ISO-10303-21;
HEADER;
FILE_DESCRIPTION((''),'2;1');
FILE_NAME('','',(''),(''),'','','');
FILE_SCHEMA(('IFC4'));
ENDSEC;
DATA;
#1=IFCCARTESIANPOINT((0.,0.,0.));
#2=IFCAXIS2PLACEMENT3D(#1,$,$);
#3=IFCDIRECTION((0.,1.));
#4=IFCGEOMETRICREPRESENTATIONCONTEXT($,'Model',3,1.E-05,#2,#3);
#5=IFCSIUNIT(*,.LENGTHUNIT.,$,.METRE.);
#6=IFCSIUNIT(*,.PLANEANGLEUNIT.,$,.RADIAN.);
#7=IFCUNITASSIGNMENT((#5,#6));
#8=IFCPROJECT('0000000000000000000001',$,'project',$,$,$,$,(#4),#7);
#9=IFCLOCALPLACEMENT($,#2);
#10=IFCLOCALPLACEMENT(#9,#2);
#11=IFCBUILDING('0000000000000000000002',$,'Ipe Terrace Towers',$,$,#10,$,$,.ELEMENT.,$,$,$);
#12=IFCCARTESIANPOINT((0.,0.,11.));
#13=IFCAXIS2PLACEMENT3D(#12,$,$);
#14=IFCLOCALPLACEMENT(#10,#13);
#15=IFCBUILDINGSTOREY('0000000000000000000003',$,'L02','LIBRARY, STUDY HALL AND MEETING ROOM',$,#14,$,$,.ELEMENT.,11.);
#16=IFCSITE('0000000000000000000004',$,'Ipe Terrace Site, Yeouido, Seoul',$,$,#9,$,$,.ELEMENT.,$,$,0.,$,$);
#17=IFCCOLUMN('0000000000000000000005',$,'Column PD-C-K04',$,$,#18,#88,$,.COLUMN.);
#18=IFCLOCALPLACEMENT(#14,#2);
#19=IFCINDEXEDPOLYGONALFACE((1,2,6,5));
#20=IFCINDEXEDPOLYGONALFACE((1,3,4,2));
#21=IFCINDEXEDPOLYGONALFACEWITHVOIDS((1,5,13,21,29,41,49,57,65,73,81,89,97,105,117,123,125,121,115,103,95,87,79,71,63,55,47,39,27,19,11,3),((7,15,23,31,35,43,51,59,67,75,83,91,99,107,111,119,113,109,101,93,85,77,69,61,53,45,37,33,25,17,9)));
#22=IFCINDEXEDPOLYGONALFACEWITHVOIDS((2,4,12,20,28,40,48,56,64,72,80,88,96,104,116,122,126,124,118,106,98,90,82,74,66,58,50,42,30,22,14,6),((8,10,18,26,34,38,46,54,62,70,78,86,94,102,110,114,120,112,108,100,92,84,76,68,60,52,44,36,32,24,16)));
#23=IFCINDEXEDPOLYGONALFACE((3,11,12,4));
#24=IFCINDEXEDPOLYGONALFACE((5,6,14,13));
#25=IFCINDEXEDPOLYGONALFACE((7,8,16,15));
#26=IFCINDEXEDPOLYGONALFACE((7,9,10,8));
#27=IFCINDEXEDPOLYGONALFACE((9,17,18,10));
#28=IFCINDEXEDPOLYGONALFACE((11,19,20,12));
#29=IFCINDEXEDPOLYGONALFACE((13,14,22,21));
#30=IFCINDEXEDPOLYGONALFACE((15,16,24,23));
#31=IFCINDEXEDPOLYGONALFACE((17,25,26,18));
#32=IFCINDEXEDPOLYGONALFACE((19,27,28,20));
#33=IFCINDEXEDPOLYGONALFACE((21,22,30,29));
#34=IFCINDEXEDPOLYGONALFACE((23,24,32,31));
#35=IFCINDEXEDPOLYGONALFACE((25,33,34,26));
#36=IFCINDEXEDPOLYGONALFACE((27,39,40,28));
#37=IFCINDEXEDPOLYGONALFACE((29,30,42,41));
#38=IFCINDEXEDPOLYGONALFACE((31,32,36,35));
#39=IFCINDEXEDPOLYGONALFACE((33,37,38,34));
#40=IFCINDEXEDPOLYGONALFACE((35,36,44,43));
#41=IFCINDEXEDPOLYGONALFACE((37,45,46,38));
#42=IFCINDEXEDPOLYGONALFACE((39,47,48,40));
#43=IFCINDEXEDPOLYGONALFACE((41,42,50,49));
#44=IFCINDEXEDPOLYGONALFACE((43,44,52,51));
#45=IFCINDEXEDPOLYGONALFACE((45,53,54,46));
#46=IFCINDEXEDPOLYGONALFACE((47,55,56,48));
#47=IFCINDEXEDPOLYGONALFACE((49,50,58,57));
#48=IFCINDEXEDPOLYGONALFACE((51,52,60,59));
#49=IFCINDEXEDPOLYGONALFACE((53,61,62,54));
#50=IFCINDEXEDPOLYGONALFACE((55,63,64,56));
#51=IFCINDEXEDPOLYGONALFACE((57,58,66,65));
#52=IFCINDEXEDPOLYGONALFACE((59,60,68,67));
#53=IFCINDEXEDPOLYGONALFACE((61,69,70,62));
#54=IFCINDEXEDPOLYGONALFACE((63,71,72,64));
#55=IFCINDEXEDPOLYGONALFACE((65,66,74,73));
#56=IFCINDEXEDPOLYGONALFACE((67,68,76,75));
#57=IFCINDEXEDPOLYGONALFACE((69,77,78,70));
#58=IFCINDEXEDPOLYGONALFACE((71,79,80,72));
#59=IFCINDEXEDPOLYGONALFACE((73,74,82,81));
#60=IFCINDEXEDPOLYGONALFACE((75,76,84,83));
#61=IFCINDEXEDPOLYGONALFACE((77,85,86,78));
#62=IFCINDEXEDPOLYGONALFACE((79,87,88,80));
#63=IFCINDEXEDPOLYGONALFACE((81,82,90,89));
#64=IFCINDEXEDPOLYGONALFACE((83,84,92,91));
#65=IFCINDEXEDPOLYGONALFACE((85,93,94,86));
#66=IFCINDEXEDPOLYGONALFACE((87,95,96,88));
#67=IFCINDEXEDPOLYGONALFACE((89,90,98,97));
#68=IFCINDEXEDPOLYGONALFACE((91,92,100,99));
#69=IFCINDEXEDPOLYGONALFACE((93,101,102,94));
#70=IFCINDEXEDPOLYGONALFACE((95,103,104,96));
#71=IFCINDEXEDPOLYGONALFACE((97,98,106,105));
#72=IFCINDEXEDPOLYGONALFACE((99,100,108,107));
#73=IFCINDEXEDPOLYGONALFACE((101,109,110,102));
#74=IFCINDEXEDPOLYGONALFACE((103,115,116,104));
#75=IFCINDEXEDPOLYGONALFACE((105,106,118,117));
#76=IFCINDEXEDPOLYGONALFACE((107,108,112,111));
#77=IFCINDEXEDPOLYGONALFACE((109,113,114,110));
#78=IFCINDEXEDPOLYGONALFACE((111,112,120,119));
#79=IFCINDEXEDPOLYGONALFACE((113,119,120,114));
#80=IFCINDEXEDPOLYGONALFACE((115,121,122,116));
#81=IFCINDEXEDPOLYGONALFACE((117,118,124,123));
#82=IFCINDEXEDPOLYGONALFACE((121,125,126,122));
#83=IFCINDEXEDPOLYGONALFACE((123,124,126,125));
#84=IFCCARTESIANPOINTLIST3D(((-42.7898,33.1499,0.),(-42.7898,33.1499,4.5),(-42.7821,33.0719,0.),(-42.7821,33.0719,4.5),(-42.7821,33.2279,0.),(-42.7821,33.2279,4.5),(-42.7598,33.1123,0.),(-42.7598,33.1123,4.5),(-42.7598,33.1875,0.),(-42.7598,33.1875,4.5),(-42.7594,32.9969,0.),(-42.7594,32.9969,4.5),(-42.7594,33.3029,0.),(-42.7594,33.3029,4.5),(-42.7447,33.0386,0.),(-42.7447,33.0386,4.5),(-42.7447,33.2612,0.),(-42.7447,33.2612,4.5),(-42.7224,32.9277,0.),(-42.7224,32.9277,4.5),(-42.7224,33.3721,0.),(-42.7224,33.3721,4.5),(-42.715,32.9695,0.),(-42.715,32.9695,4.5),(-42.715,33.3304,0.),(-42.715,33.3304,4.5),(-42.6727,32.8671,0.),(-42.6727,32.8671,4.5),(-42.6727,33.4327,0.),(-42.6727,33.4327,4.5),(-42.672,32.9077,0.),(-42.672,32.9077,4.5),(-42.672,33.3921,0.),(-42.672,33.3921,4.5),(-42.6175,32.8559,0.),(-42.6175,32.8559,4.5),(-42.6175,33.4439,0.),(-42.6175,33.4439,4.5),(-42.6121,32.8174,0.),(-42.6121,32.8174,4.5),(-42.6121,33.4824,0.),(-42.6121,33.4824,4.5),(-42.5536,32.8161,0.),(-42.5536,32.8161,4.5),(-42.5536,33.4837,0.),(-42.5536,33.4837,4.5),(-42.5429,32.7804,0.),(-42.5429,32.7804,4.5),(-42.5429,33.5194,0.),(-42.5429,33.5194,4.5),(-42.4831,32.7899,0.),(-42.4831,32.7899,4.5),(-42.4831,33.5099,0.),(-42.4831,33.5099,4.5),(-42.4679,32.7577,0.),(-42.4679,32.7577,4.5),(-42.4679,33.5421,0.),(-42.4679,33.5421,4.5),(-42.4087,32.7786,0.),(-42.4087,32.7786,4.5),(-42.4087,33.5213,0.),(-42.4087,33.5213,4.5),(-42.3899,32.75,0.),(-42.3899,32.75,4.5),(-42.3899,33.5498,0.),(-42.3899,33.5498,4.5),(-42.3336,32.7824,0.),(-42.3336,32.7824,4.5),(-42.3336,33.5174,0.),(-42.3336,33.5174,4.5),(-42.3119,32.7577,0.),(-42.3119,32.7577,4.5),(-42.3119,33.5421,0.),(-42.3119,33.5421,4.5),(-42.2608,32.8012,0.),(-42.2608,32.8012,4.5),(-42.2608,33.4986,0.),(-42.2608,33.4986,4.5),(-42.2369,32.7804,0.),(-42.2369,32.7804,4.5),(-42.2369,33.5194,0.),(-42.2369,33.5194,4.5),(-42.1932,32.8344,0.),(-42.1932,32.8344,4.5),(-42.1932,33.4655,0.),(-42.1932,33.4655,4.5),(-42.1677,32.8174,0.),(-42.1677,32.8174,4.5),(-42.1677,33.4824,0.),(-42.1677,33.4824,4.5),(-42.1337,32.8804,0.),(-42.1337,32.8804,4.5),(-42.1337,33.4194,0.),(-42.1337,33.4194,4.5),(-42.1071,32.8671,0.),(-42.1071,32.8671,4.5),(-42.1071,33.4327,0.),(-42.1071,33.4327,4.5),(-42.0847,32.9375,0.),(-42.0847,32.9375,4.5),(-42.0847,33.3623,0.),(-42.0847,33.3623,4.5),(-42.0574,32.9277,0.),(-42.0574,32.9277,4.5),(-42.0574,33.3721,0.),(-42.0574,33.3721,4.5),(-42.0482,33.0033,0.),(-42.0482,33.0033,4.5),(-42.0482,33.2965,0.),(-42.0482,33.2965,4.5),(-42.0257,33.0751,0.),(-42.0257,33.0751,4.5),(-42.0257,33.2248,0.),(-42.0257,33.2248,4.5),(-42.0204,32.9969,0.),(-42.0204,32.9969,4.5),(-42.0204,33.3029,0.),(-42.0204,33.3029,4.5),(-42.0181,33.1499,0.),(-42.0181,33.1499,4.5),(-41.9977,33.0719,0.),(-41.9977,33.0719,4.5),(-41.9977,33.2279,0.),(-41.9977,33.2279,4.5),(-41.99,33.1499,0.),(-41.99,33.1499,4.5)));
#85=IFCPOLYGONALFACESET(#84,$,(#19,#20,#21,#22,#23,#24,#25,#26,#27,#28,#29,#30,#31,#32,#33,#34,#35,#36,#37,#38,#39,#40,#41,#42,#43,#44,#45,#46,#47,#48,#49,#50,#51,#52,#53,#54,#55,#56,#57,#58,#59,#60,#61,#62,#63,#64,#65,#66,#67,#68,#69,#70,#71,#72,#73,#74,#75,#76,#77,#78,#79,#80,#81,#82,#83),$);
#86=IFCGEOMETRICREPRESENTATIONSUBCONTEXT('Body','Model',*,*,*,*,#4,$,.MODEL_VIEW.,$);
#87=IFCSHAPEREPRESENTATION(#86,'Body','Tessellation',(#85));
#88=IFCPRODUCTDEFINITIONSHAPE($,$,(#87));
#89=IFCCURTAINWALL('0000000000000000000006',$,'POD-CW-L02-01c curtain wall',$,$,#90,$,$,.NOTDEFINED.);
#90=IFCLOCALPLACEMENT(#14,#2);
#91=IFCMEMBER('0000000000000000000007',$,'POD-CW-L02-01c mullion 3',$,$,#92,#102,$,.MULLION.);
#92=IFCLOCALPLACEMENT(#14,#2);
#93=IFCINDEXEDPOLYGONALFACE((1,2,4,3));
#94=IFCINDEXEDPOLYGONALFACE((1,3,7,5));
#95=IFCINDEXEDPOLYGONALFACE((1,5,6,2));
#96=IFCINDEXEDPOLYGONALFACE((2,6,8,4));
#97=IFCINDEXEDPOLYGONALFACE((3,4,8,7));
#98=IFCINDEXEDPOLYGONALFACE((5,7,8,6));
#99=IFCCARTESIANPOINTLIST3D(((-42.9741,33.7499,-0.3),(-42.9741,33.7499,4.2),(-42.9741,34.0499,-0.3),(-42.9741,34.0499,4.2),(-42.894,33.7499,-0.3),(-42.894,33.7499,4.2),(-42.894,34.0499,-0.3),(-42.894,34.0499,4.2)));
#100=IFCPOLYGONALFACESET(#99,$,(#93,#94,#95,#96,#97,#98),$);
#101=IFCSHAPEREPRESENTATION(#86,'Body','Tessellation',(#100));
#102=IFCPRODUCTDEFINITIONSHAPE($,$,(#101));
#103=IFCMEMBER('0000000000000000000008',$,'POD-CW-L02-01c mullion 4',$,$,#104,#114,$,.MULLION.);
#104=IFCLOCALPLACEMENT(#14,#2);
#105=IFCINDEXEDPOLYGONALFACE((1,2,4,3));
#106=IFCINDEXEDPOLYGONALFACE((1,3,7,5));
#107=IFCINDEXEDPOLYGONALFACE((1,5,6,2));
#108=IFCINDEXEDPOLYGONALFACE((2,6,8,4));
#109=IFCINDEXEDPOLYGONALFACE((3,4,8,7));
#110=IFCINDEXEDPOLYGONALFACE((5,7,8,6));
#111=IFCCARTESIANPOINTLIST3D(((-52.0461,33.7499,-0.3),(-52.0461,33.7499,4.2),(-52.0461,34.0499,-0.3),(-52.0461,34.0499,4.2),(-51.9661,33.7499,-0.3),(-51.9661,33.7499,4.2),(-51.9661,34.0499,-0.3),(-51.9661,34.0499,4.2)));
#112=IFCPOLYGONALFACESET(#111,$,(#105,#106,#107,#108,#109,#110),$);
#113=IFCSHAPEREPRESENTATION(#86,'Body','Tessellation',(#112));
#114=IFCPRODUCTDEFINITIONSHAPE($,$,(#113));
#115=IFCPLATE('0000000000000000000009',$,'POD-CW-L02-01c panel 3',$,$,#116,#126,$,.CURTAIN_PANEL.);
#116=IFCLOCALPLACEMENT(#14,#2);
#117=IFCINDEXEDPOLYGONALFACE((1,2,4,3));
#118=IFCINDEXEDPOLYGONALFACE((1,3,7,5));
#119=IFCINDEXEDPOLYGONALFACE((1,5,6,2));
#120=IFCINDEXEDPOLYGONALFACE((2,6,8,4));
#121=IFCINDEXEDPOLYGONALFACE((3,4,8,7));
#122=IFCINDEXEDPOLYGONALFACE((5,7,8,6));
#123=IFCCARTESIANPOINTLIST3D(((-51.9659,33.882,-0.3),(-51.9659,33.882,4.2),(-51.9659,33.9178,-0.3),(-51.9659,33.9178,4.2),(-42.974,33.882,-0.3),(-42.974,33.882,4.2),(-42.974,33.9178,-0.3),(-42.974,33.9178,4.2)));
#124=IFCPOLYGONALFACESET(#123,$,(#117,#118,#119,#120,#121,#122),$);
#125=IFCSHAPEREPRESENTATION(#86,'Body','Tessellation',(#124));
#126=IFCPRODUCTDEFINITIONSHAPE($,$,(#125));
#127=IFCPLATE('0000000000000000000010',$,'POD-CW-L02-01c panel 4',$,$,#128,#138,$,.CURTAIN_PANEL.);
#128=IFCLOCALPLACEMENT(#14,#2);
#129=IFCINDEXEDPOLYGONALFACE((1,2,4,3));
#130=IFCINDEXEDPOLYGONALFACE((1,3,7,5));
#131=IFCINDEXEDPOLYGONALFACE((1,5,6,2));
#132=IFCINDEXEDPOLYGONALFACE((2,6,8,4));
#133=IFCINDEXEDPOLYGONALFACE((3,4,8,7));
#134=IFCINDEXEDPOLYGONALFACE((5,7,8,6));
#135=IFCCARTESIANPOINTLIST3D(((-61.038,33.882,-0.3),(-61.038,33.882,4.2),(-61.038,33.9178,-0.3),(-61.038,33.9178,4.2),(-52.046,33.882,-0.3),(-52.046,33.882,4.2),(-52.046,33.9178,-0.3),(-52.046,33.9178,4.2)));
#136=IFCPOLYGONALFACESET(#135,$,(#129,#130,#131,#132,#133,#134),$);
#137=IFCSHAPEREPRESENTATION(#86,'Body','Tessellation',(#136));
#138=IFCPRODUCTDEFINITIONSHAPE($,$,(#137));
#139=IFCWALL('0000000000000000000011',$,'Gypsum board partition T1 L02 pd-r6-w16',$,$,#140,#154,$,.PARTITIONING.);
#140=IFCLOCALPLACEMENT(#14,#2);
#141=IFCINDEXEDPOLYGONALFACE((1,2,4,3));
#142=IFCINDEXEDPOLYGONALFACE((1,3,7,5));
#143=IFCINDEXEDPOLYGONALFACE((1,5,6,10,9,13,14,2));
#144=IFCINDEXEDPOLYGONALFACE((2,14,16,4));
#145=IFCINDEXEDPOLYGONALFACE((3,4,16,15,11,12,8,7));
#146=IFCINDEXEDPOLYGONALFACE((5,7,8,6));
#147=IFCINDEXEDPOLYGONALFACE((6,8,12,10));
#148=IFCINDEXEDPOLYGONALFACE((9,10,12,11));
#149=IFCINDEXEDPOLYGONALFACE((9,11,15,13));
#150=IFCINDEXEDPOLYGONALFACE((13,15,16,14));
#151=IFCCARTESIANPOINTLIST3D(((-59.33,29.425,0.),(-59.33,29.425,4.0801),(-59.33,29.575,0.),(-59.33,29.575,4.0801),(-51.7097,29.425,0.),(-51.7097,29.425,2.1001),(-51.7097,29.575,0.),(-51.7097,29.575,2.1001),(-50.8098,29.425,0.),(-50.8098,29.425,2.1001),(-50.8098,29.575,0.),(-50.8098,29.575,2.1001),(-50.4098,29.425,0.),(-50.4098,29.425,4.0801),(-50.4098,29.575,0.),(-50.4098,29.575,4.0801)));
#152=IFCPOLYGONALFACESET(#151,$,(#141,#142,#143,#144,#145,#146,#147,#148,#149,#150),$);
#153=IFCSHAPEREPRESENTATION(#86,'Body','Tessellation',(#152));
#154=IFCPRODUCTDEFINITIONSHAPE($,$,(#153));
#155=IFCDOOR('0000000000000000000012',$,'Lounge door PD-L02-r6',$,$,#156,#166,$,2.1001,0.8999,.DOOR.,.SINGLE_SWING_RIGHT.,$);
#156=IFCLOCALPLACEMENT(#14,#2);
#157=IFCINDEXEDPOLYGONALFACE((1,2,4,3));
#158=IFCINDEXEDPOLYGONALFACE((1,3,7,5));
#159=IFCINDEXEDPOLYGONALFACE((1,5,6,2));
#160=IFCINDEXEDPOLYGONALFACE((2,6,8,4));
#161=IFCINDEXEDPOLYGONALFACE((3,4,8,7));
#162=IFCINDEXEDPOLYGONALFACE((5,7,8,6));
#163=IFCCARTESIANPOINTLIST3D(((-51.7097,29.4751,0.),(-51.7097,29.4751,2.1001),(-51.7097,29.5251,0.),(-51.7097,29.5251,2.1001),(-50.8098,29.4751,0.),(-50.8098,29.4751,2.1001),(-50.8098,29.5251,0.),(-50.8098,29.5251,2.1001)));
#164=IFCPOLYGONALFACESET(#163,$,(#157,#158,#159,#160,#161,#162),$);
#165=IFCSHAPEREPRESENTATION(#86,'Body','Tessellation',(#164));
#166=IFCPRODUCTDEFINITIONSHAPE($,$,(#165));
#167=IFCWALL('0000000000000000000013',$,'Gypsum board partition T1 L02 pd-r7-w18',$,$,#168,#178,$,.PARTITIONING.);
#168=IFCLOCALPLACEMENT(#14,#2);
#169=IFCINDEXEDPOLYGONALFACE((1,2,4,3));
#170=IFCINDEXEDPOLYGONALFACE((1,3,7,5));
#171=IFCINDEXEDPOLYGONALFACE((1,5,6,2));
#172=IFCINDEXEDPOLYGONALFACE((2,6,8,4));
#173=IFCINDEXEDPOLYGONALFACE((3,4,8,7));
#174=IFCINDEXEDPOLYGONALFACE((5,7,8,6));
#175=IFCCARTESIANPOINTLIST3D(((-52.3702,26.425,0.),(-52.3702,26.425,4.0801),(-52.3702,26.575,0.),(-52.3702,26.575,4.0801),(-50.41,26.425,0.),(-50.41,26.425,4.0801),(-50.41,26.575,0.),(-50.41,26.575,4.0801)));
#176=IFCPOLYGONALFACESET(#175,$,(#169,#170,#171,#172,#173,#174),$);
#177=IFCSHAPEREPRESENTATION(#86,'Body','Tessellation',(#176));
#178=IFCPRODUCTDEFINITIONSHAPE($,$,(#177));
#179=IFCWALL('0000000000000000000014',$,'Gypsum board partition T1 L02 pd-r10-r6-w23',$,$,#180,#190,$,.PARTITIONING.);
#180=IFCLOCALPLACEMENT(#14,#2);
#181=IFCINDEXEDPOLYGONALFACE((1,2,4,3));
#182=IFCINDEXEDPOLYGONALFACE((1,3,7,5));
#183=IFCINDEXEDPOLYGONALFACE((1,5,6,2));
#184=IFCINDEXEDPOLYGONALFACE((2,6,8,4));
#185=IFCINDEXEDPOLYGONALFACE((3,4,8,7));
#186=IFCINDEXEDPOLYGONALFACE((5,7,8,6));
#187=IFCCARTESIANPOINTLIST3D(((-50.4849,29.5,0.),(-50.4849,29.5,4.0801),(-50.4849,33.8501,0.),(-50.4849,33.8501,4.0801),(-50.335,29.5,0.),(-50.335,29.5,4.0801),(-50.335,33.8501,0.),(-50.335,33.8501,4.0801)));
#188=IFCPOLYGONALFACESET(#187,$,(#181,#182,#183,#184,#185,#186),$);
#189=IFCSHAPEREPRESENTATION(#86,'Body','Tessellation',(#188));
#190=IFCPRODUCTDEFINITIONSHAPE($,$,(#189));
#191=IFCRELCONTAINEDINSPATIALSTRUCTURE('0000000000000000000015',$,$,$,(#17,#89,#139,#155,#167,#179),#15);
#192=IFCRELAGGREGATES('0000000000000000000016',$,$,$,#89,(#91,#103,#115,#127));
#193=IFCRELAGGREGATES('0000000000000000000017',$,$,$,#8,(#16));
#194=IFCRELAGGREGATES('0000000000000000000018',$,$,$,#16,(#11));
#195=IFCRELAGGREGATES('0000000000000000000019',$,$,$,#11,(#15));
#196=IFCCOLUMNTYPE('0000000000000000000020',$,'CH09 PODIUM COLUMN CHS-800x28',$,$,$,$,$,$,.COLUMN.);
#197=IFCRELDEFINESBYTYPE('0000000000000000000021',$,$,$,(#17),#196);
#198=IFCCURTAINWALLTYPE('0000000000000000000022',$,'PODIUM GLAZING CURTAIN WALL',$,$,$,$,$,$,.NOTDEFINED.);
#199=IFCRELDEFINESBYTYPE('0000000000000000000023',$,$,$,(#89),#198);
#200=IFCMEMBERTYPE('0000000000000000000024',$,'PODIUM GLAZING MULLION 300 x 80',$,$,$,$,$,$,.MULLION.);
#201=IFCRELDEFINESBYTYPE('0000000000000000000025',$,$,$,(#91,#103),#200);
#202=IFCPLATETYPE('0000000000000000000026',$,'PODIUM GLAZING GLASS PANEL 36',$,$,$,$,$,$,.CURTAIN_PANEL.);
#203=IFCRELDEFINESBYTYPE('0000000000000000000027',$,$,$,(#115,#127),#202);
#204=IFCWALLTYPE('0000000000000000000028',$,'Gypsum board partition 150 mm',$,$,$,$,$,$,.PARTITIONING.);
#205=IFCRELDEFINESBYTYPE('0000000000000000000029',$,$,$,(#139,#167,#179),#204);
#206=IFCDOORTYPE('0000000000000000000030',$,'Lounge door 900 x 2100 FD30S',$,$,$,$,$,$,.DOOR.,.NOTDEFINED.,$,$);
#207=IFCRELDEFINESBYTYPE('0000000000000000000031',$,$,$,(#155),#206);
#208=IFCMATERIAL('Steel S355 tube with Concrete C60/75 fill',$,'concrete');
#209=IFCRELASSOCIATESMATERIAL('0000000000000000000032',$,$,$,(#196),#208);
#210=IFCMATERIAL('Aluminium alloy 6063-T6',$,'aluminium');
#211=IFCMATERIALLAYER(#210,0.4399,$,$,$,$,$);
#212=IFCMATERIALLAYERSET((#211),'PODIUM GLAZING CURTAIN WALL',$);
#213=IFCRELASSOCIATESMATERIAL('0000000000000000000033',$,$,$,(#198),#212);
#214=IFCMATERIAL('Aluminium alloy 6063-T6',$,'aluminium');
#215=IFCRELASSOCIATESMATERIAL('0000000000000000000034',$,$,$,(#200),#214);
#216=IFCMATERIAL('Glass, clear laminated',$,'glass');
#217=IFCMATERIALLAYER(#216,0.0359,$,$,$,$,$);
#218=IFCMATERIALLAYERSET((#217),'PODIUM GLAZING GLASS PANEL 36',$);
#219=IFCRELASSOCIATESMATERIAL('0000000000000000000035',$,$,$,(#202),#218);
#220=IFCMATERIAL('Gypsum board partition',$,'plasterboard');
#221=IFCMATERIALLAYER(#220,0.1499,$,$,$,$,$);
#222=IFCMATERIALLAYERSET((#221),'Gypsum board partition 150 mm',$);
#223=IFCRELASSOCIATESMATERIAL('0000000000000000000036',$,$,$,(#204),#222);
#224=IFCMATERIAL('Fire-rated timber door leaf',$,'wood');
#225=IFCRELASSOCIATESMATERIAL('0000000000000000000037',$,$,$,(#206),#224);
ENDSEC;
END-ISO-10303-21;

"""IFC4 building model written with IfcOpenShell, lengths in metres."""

from ifc_helpers import new_model, si_unit, direction, frame, frame_2d, origin, origin_2d, place, context, subcontext, project, spatial, rectangle, hollow_circle, extrude, material, layer, layer_set, material_profile, profile_set, type_object, element, fill, aggregate, save


model = new_model("IFC4")

# Units and contexts
model_context = context("Model", 3, precision=1e-05, world=origin(), true_north=direction((0.0, 1.0)))
body_context = subcontext(model_context, "Body", "Model", "MODEL_VIEW")
ifc_project = project(units=[si_unit("LENGTHUNIT", "METRE"), si_unit("PLANEANGLEUNIT", "RADIAN")], contexts=[model_context])

# Site, building, storey
site_placement = place(None, origin())
site = spatial("IfcSite", under=ifc_project, at=site_placement, Name="Ipe Terrace Site, Yeouido, Seoul", CompositionType="ELEMENT", RefElevation=0.0)
building_placement = place(site_placement, origin())
building = spatial("IfcBuilding", under=site, at=building_placement, Name="Ipe Terrace Towers", CompositionType="ELEMENT")
storey_placement = place(building_placement, frame((0.0, 0.0, 11.0)))
storey = spatial("IfcBuildingStorey", under=building, at=storey_placement, Name="L02", Description="LIBRARY, STUDY HALL AND MEETING ROOM", CompositionType="ELEMENT", Elevation=11.0)

# Column
ifc_material_1 = material(Name="Steel S355 tube with Concrete C60/75 fill", Category="concrete")
ifc_material_profile_1 = material_profile(ifc_material_1, hollow_circle(Radius=0.3999, WallThickness=0.0281, at=origin_2d()), Name="CHS-800x28")
ifc_profile_set_1 = profile_set([ifc_material_profile_1], Name="Steel S355 tube with Concrete C60/75 fill")
column_type = type_object("IfcColumnType", Name="CH09 PODIUM COLUMN CHS-800x28", PredefinedType="COLUMN", material=ifc_profile_set_1)
for number, where, z_axis, x_axis, name in (
    (1, (-42.3899, 33.1499, 0.0), (0.0, 0.0, 1.0), (1.0, 0.0, 0.0), "Column PD-C-K04"),
):
    element("IfcColumn", number, at=place(storey_placement, frame(where, z_axis=z_axis, x_axis=x_axis)), inside=storey, type_object=column_type, Name=name, PredefinedType="COLUMN", context=body_context, shape_type="SweptSolid", body=[
        extrude(hollow_circle(Radius=0.3999, WallThickness=0.0281, at=origin_2d()), origin(), (0.0, 0.0, 1.0), 4.5),
    ])

# Curtain wall, members, plates
ifc_material_2 = material(Name="Aluminium alloy 6063-T6", Category="aluminium")
ifc_layer_1 = layer(ifc_material_2, 0.4399)
ifc_layer_set_1 = layer_set([ifc_layer_1], Name="PODIUM GLAZING CURTAIN WALL")
curtain_wall_type = type_object("IfcCurtainWallType", Name="PODIUM GLAZING CURTAIN WALL", PredefinedType="NOTDEFINED", material=ifc_layer_set_1)
curtain_wall_placement = place(storey_placement, origin())
curtain_wall = element("IfcCurtainWall", 2, at=curtain_wall_placement, inside=storey, type_object=curtain_wall_type, Name="POD-CW-L02-01c curtain wall", PredefinedType="NOTDEFINED")
ifc_material_3 = material(Name="Aluminium alloy 6063-T6", Category="aluminium")
ifc_material_profile_2 = material_profile(ifc_material_3, rectangle(XDim=0.3, YDim=0.0801, at=origin_2d()), Name="PODIUM GLAZING MULLION 300 x 80")
ifc_profile_set_2 = profile_set([ifc_material_profile_2], Name="Aluminium alloy 6063-T6")
member_type = type_object("IfcMemberType", Name="PODIUM GLAZING MULLION 300 x 80", PredefinedType="MULLION", material=ifc_profile_set_2)
member_1_placement = place(storey_placement, frame((-42.9341, 33.8999, -0.3), z_axis=(0.0, 0.0, 1.0), x_axis=(0.0, 1.0, 0.0)))
member_1 = element("IfcMember", 3, at=member_1_placement, type_object=member_type, Name="POD-CW-L02-01c mullion 3", PredefinedType="MULLION", context=body_context, shape_type="SweptSolid", body=[
    extrude(rectangle(XDim=0.3, YDim=0.0801, at=origin_2d()), origin(), (0.0, 0.0, 1.0), 4.5),
])
member_2_placement = place(storey_placement, frame((-52.0061, 33.8999, -0.3), z_axis=(0.0, 0.0, 1.0), x_axis=(0.0, 1.0, 0.0)))
member_2 = element("IfcMember", 4, at=member_2_placement, type_object=member_type, Name="POD-CW-L02-01c mullion 4", PredefinedType="MULLION", context=body_context, shape_type="SweptSolid", body=[
    extrude(rectangle(XDim=0.3, YDim=0.0801, at=origin_2d()), origin(), (0.0, 0.0, 1.0), 4.5),
])
ifc_material_4 = material(Name="Glass, clear laminated", Category="glass")
ifc_layer_2 = layer(ifc_material_4, 0.0359)
ifc_layer_set_2 = layer_set([ifc_layer_2], Name="PODIUM GLAZING GLASS PANEL 36")
plate_type = type_object("IfcPlateType", Name="PODIUM GLAZING GLASS PANEL 36", PredefinedType="CURTAIN_PANEL", material=ifc_layer_set_2)
plate_1_placement = place(storey_placement, frame((-47.47, 33.8999, -0.3), z_axis=(0.0, 0.0, 1.0), x_axis=(-1.0, 0.0, 0.0)))
plate_1 = element("IfcPlate", 5, at=plate_1_placement, type_object=plate_type, Name="POD-CW-L02-01c panel 3", PredefinedType="CURTAIN_PANEL", context=body_context, shape_type="SweptSolid", body=[
    extrude(rectangle(XDim=8.9919, YDim=0.0359, at=origin_2d()), origin(), (0.0, 0.0, 1.0), 4.5),
])
plate_2_placement = place(storey_placement, frame((-56.542, 33.8999, -0.3), z_axis=(0.0, 0.0, 1.0), x_axis=(-1.0, 0.0, 0.0)))
plate_2 = element("IfcPlate", 6, at=plate_2_placement, type_object=plate_type, Name="POD-CW-L02-01c panel 4", PredefinedType="CURTAIN_PANEL", context=body_context, shape_type="SweptSolid", body=[
    extrude(rectangle(XDim=8.9919, YDim=0.0359, at=origin_2d()), origin(), (0.0, 0.0, 1.0), 4.5),
])
aggregate(curtain_wall, [member_1, member_2, plate_1, plate_2])

# Wall, opening, door
ifc_material_5 = material(Name="Gypsum board partition", Category="plasterboard")
ifc_layer_3 = layer(ifc_material_5, 0.1499)
ifc_layer_set_3 = layer_set([ifc_layer_3], Name="Gypsum board partition 150 mm")
wall_type_1 = type_object("IfcWallType", Name="Gypsum board partition 150 mm", PredefinedType="PARTITIONING", material=ifc_layer_set_3)
wall_1_placement = place(storey_placement, frame((-50.4099, 29.5, 0.0), z_axis=(0.0, 0.0, 1.0), x_axis=(-1.0, 0.0, 0.0)))
wall_1 = element("IfcWall", 7, at=wall_1_placement, inside=storey, type_object=wall_type_1, Name="Gypsum board partition T1 L02 pd-r6-w16", PredefinedType="PARTITIONING", context=body_context, shape_type="SweptSolid", body=[
    extrude(rectangle(XDim=8.9202, YDim=0.1499, at=frame_2d((4.46, 0.0))), origin(), (0.0, 0.0, 1.0), 4.0801),
])
opening_1_placement = place(wall_1_placement, frame((0.3999, 0.0, 0.0)))
opening_1 = element("IfcOpeningElement", 8, at=opening_1_placement, cuts=wall_1, PredefinedType="OPENING", context=body_context, shape_type="SweptSolid", body=[
    extrude(rectangle(XDim=0.8999, YDim=2.1001, at=frame_2d((0.45, 1.05))), frame((0.0, 0.085, 0.0), z_axis=(0.0, -1.0, 0.0), x_axis=(1.0, 0.0, 0.0)), (0.0, 0.0, 1.0), 0.1699),
])
ifc_material_6 = material(Name="Fire-rated timber door leaf", Category="wood")
door_type_1 = type_object("IfcDoorType", Name="Lounge door 900 x 2100 FD30S", OperationType="NOTDEFINED", PredefinedType="DOOR", material=ifc_material_6)
door_1_placement = place(opening_1_placement, origin())
door_1 = element("IfcDoor", 9, at=door_1_placement, inside=storey, type_object=door_type_1, Name="Lounge door PD-L02-r6", OperationType="SINGLE_SWING_RIGHT", OverallHeight=2.1001, OverallWidth=0.8999, PredefinedType="DOOR", context=body_context, shape_type="SweptSolid", body=[
    extrude(rectangle(XDim=0.8999, YDim=2.1001, at=frame_2d((0.45, 1.05))), frame((0.0, 0.0249, 0.0), z_axis=(0.0, -1.0, 0.0), x_axis=(1.0, 0.0, 0.0)), (0.0, 0.0, 1.0), 0.05),
])
fill(opening_1, door_1)

# Walls
wall_2_placement = place(storey_placement, frame((-52.3701, 26.5, 0.0), z_axis=(0.0, 0.0, 1.0), x_axis=(1.0, 0.0, 0.0)))
element("IfcWall", 10, at=wall_2_placement, inside=storey, type_object=wall_type_1, Name="Gypsum board partition T1 L02 pd-r7-w18", PredefinedType="PARTITIONING", context=body_context, shape_type="SweptSolid", body=[
    extrude(rectangle(XDim=1.9602, YDim=0.1499, at=frame_2d((0.98, 0.0))), origin(), (0.0, 0.0, 1.0), 4.0801),
])
wall_3_placement = place(storey_placement, frame((-50.4099, 29.5, 0.0), z_axis=(0.0, 0.0, 1.0), x_axis=(0.0, 1.0, 0.0)))
element("IfcWall", 11, at=wall_3_placement, inside=storey, type_object=wall_type_1, Name="Gypsum board partition T1 L02 pd-r10-r6-w23", PredefinedType="PARTITIONING", context=body_context, shape_type="SweptSolid", body=[
    extrude(rectangle(XDim=4.3501, YDim=0.1499, at=frame_2d((2.175, 0.0))), origin(), (0.0, 0.0, 1.0), 4.0801),
])

save(model, "model.ifc")
